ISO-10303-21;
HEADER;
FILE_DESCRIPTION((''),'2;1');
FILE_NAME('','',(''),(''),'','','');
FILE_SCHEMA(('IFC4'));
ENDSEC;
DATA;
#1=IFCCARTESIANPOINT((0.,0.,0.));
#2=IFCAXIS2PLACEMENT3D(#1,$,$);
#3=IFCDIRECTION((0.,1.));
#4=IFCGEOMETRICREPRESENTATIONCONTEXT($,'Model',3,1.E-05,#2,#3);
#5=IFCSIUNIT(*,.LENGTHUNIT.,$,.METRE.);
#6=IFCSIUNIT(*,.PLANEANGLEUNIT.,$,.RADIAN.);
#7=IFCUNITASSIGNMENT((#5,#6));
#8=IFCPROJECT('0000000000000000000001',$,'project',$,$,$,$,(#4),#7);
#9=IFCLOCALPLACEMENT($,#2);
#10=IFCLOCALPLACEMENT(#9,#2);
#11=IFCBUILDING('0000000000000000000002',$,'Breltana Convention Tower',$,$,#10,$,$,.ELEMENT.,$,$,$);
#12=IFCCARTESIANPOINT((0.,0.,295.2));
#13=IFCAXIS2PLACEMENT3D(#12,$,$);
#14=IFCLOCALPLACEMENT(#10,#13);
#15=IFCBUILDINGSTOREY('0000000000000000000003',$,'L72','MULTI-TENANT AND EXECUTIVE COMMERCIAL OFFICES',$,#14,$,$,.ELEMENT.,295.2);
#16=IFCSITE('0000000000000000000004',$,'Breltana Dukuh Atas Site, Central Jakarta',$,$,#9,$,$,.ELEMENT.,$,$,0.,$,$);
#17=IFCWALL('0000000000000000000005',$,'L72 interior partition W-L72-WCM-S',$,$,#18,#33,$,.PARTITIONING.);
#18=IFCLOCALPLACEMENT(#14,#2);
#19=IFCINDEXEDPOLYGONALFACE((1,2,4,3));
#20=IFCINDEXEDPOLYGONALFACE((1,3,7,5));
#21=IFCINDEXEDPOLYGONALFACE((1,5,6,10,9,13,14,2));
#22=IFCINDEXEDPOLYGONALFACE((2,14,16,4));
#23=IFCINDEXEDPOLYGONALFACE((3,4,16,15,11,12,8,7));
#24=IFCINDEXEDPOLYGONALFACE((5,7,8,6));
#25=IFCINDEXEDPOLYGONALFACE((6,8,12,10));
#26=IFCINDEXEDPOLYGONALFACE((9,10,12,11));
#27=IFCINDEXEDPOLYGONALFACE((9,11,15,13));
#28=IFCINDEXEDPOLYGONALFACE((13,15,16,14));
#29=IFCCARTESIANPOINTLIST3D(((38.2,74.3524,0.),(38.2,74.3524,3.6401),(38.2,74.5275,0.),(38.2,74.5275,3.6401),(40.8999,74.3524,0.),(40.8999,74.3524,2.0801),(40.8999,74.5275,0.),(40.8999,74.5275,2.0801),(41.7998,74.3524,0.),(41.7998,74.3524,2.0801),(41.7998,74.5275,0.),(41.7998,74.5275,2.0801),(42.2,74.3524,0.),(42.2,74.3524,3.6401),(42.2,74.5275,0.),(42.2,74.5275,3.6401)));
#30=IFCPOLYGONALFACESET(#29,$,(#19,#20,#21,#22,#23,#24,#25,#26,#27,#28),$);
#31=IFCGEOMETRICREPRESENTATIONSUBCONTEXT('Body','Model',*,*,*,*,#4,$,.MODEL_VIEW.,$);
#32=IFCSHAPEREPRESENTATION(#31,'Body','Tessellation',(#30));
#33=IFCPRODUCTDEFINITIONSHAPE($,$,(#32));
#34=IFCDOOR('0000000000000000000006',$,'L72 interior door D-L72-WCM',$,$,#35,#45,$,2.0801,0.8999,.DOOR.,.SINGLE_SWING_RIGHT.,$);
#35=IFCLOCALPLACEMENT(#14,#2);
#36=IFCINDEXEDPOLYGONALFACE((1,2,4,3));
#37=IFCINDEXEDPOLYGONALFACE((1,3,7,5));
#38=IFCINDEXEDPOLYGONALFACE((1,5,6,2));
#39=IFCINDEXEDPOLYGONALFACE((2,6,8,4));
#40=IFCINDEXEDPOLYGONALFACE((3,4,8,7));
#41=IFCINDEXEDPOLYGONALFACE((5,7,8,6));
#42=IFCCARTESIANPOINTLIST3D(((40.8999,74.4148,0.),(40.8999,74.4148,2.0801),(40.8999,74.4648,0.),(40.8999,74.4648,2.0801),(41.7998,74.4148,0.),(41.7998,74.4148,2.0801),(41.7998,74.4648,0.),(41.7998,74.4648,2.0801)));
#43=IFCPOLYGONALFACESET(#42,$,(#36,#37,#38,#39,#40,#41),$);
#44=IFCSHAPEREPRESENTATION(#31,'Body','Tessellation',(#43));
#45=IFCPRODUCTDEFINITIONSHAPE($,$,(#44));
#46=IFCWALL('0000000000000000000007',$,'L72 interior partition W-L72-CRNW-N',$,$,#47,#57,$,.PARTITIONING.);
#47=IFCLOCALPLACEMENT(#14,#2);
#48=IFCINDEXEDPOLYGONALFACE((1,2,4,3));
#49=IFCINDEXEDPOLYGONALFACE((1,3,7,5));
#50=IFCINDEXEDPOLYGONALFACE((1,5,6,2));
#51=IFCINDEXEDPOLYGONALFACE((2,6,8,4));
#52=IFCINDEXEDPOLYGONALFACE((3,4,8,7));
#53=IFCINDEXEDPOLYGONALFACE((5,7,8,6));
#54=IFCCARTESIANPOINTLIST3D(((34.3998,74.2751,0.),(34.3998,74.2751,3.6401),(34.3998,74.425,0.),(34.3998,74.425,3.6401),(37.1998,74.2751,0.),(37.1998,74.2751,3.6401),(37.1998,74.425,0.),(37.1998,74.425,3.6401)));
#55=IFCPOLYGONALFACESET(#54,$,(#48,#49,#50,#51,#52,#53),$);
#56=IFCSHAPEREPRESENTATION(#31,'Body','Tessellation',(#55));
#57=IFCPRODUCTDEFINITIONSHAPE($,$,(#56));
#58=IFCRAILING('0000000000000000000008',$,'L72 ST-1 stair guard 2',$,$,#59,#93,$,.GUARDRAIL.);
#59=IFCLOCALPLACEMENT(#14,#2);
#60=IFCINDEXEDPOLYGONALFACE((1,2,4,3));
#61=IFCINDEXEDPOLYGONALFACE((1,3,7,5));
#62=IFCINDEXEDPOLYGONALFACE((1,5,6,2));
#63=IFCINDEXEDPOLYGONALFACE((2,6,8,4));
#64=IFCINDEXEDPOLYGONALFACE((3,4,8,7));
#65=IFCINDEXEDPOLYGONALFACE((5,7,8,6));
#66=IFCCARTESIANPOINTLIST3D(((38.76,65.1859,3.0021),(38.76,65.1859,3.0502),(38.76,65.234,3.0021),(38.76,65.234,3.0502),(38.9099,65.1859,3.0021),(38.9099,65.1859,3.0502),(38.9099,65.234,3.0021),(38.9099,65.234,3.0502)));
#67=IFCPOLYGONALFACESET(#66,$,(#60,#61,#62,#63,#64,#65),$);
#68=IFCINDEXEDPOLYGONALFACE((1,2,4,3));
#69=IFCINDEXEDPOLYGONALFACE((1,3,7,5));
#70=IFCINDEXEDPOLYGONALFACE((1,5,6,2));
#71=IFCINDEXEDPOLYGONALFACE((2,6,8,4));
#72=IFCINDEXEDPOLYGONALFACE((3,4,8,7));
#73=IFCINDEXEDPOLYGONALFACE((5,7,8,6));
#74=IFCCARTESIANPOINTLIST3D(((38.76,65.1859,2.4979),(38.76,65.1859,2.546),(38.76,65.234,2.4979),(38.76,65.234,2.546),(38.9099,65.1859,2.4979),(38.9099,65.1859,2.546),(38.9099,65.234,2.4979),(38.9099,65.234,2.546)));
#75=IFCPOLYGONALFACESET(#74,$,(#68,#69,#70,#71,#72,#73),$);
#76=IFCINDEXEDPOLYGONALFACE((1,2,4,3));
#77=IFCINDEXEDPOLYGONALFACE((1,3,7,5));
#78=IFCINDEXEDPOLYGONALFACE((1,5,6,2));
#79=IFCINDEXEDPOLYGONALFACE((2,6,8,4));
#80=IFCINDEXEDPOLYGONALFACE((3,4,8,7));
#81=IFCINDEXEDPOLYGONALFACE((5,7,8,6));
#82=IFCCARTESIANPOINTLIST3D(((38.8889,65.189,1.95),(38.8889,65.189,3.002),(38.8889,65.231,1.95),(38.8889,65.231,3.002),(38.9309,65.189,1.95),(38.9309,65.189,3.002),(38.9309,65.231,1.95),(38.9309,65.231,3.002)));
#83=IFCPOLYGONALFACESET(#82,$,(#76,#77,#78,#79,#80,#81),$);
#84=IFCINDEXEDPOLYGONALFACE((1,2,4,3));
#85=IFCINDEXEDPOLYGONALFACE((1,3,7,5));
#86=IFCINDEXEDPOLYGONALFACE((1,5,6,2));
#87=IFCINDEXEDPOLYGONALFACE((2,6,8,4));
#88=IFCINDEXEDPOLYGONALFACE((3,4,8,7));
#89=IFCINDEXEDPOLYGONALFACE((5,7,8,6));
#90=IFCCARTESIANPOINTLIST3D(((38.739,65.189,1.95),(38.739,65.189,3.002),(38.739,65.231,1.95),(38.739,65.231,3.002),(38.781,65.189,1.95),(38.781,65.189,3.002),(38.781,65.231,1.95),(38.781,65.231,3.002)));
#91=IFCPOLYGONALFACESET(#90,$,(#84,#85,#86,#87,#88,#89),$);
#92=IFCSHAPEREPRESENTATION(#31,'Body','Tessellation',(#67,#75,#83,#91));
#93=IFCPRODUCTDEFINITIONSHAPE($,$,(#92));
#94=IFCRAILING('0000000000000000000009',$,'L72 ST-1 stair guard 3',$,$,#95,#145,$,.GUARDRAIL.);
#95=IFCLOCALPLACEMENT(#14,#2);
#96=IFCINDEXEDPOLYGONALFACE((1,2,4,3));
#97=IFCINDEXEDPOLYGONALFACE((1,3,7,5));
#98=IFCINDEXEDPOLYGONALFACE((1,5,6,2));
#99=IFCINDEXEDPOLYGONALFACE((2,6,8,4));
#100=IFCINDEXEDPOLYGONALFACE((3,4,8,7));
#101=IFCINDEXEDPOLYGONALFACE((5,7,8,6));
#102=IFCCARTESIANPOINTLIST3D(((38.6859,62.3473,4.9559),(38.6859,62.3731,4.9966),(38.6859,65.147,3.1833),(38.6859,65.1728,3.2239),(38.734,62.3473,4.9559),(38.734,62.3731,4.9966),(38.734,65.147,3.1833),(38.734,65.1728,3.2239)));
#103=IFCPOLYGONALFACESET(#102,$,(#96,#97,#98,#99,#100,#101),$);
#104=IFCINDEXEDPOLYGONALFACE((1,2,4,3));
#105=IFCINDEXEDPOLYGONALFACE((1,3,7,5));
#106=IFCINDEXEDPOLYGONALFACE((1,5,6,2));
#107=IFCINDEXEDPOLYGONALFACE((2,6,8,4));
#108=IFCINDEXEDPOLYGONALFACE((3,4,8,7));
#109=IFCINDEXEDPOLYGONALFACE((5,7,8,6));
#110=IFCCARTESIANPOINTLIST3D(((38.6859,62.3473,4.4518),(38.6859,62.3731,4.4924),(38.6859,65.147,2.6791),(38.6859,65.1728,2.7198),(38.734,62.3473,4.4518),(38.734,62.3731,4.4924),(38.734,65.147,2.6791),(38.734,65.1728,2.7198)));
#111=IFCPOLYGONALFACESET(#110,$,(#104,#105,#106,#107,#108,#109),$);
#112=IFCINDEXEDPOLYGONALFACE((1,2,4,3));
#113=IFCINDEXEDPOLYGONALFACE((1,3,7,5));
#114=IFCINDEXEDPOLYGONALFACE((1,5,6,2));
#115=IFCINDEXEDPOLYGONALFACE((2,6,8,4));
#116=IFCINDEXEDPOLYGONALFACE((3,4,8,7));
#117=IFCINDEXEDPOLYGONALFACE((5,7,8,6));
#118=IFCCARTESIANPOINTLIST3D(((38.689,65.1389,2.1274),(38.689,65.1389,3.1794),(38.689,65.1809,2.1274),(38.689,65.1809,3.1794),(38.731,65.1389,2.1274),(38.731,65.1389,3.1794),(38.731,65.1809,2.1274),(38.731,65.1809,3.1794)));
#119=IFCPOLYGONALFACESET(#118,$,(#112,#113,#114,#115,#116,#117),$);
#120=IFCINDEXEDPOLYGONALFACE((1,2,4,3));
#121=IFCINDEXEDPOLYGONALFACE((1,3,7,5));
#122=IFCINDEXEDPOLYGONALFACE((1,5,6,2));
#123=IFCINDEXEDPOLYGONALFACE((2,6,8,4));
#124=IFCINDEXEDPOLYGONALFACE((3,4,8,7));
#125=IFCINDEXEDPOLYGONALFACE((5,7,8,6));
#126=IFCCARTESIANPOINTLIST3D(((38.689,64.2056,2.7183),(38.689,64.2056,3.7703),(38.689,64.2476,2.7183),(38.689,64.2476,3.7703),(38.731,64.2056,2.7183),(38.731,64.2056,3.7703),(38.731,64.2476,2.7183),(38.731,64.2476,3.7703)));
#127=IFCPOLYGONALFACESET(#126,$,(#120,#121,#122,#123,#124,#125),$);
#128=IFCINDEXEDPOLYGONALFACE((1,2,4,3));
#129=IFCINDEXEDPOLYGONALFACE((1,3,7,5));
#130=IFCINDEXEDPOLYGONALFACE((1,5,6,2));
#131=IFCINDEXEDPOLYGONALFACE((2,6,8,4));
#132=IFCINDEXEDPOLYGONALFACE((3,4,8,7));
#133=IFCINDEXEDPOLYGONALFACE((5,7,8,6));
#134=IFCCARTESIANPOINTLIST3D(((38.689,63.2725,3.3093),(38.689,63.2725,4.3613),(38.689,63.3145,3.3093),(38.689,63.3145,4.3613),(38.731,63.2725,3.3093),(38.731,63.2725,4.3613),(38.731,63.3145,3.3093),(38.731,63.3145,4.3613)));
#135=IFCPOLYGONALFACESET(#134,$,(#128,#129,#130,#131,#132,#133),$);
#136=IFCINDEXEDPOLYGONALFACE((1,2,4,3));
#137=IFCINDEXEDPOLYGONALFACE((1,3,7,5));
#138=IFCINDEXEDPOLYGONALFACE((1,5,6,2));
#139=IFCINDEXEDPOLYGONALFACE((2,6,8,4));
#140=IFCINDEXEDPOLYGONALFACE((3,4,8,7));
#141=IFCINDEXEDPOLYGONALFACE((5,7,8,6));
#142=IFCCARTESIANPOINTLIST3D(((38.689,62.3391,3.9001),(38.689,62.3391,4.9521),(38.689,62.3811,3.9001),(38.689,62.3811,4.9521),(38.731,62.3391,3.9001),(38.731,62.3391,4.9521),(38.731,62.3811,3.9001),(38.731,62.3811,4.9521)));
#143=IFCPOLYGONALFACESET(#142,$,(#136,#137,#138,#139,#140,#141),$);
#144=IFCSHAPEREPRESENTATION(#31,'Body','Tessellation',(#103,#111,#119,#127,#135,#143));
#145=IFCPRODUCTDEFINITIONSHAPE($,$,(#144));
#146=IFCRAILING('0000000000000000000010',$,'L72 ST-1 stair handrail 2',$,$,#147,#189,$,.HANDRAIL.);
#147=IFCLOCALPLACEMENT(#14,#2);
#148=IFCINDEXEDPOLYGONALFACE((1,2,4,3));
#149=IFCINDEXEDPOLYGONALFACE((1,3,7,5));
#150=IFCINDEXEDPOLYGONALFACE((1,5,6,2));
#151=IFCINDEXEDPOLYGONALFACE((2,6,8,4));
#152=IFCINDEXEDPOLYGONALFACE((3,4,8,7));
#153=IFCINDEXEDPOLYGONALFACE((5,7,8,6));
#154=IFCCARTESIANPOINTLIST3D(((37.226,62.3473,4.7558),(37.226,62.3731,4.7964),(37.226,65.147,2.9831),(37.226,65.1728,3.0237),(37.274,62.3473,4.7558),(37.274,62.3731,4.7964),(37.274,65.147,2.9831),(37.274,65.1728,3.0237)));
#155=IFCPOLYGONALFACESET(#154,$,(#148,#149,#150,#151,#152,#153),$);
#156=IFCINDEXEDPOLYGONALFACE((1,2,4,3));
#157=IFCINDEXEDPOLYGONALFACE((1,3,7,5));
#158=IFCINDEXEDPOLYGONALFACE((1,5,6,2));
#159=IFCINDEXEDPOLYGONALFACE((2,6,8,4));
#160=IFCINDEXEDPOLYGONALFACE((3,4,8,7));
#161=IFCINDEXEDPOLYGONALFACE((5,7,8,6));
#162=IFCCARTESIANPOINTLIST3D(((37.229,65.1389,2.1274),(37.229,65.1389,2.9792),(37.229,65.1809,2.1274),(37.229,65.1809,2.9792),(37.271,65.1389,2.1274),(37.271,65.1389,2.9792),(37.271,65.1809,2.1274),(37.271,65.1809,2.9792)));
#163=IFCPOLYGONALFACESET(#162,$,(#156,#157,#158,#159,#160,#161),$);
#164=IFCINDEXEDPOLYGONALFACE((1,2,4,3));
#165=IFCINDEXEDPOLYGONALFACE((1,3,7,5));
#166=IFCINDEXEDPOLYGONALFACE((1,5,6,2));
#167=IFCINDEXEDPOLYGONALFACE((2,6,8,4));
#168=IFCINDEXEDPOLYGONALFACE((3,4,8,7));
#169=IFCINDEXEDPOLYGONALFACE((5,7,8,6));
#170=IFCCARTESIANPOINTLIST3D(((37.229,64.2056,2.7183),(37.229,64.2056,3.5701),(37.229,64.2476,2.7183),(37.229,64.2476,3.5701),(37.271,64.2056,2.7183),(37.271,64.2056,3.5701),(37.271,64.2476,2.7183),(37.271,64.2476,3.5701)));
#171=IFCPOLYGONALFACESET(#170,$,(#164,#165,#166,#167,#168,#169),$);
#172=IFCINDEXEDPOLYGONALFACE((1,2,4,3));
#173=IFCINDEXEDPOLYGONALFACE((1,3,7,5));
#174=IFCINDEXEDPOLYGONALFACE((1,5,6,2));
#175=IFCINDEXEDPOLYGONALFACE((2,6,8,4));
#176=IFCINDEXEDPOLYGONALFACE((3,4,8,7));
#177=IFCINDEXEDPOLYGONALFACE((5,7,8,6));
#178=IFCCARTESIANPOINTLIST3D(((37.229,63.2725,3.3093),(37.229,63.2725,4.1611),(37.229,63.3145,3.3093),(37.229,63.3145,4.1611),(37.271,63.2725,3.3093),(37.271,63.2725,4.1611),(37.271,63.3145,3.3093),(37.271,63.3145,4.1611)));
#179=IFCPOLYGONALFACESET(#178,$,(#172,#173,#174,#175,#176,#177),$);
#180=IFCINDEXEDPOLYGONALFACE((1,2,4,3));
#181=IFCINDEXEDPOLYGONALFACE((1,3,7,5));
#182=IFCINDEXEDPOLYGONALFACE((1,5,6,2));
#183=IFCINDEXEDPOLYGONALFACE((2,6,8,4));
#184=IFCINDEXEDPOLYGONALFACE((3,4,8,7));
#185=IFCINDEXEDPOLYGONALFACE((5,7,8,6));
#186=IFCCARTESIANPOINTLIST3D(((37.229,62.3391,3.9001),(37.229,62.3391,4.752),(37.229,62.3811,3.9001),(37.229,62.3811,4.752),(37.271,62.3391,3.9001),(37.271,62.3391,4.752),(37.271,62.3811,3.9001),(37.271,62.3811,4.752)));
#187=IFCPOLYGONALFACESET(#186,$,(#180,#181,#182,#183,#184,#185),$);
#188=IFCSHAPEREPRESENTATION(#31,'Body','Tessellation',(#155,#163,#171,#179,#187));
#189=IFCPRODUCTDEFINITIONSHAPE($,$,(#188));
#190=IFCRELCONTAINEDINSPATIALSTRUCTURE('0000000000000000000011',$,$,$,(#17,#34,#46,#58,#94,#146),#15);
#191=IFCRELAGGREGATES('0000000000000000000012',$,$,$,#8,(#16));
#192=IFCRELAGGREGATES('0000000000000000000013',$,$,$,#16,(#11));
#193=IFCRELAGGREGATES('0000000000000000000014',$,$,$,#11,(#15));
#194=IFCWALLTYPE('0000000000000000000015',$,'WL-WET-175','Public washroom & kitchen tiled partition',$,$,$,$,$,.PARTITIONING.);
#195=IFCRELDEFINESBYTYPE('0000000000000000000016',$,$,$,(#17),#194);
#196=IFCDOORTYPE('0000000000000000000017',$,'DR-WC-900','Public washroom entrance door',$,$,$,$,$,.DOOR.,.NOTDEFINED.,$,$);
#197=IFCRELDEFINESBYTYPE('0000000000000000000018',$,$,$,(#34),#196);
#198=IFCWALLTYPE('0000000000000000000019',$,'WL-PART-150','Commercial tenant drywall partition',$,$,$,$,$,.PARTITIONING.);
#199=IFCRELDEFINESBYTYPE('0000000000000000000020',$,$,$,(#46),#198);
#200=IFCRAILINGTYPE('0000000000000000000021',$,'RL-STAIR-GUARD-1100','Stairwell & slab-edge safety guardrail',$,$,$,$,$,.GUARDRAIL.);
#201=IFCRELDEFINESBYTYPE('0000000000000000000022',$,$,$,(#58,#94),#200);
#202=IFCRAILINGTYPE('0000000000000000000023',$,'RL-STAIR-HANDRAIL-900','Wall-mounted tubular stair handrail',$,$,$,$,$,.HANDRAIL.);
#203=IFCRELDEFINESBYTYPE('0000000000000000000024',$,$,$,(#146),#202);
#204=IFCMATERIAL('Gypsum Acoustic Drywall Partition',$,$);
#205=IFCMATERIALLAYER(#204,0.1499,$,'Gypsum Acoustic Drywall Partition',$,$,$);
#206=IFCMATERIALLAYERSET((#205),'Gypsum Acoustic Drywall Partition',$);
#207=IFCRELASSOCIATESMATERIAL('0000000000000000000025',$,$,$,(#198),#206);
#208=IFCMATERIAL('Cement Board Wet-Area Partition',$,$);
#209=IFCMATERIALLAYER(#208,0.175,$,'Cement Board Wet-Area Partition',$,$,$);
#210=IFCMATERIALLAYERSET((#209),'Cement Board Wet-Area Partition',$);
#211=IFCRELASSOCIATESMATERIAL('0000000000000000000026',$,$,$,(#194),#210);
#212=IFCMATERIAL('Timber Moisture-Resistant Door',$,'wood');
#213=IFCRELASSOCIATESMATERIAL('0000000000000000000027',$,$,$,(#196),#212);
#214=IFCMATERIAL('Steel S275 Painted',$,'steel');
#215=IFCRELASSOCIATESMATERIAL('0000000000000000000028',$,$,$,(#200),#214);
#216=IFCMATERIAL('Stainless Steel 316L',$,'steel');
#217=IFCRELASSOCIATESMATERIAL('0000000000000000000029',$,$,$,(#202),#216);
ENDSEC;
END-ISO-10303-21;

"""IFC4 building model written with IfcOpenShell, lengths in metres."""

from ifc_helpers import new_model, si_unit, direction, frame, frame_2d, origin, origin_2d, place, context, subcontext, project, spatial, rectangle, extrude, source, transform, mapped, material, layer, layer_set, type_object, type_shapes, element, fill, save


model = new_model("IFC4")

# Units and contexts
model_context = context("Model", 3, precision=1e-05, world=origin(), true_north=direction((0.0, 1.0)))
body_context = subcontext(model_context, "Body", "Model", "MODEL_VIEW")
ifc_project = project(units=[si_unit("LENGTHUNIT", "METRE"), si_unit("PLANEANGLEUNIT", "RADIAN")], contexts=[model_context])

# Site, building, storey
site_placement = place(None, origin())
site = spatial("IfcSite", under=ifc_project, at=site_placement, Name="Breltana Dukuh Atas Site, Central Jakarta", CompositionType="ELEMENT", RefElevation=0.0)
building_placement = place(site_placement, origin())
building = spatial("IfcBuilding", under=site, at=building_placement, Name="Breltana Convention Tower", CompositionType="ELEMENT")
storey_placement = place(building_placement, frame((0.0, 0.0, 295.2)))
storey = spatial("IfcBuildingStorey", under=building, at=storey_placement, Name="L72", Description="MULTI-TENANT AND EXECUTIVE COMMERCIAL OFFICES", CompositionType="ELEMENT", Elevation=295.2)

# Wall, opening, door
ifc_material_1 = material(Name="Gypsum Acoustic Drywall Partition")
ifc_layer_1 = layer(ifc_material_1, 0.1499, Name="Gypsum Acoustic Drywall Partition")
ifc_layer_set_1 = layer_set([ifc_layer_1], Name="Gypsum Acoustic Drywall Partition")
wall_type_1 = type_object("IfcWallType", Name="WL-PART-150", Description="Commercial tenant drywall partition", PredefinedType="PARTITIONING", material=ifc_layer_set_1)
ifc_material_2 = material(Name="Cement Board Wet-Area Partition")
ifc_layer_2 = layer(ifc_material_2, 0.175, Name="Cement Board Wet-Area Partition")
ifc_layer_set_2 = layer_set([ifc_layer_2], Name="Cement Board Wet-Area Partition")
wall_type_2 = type_object("IfcWallType", Name="WL-WET-175", Description="Public washroom & kitchen tiled partition", PredefinedType="PARTITIONING", material=ifc_layer_set_2)
shared_shape_1 = source(origin(), body_context, "Body", "SweptSolid", [
    extrude(rectangle(XDim=4.0, YDim=0.175, at=frame_2d((2.0, 0.0))), origin(), (0.0, 0.0, 1.0), 3.6401),
])
wall_1_placement = place(storey_placement, frame((38.2, 74.4399, 0.0), z_axis=(0.0, 0.0, 1.0), x_axis=(1.0, 0.0, 0.0)))
wall_1 = element("IfcWall", 1, at=wall_1_placement, inside=storey, type_object=wall_type_2, Name="L72 interior partition W-L72-WCM-S", PredefinedType="PARTITIONING", context=body_context, shape_type="MappedRepresentation", body=[
    mapped(shared_shape_1, transform((0.0, 0.0, 0.0), scale=1.0)),
])
opening_1_placement = place(wall_1_placement, frame((2.7, 0.0, 0.0)))
opening_1 = element("IfcOpeningElement", 2, at=opening_1_placement, cuts=wall_1, PredefinedType="OPENING", context=body_context, shape_type="SweptSolid", body=[
    extrude(rectangle(XDim=0.8999, YDim=2.0801, at=frame_2d((0.45, 1.04))), frame((0.0, 0.0977, 0.0), z_axis=(0.0, -1.0, 0.0), x_axis=(1.0, 0.0, 0.0)), (0.0, 0.0, 1.0), 0.1951),
])
ifc_material_3 = material(Name="Timber Moisture-Resistant Door", Category="wood")
door_type_1 = type_object("IfcDoorType", Name="DR-WC-900", Description="Public washroom entrance door", OperationType="NOTDEFINED", PredefinedType="DOOR", material=ifc_material_3)
shared_shape_2 = source(origin(), body_context, "Body", "SweptSolid", [
    extrude(rectangle(XDim=0.8999, YDim=2.0801, at=frame_2d((0.45, 1.04))), frame((0.0, 0.0249, 0.0), z_axis=(0.0, -1.0, 0.0), x_axis=(1.0, 0.0, 0.0)), (0.0, 0.0, 1.0), 0.05),
])
type_shapes(door_type_1, [shared_shape_2])
door_1_placement = place(opening_1_placement, origin())
door_1 = element("IfcDoor", 3, at=door_1_placement, inside=storey, type_object=door_type_1, Name="L72 interior door D-L72-WCM", OperationType="SINGLE_SWING_RIGHT", OverallHeight=2.0801, OverallWidth=0.8999, PredefinedType="DOOR", context=body_context, shape_type="MappedRepresentation", body=[
    mapped(shared_shape_2, transform((0.0, 0.0, 0.0), scale=1.0)),
])
fill(opening_1, door_1)

# Wall
shared_shape_3 = source(origin(), body_context, "Body", "SweptSolid", [
    extrude(rectangle(XDim=2.8, YDim=0.1499, at=frame_2d((1.3999, 0.0))), origin(), (0.0, 0.0, 1.0), 3.6401),
])
wall_2_placement = place(storey_placement, frame((34.3999, 74.3501, 0.0), z_axis=(0.0, 0.0, 1.0), x_axis=(1.0, 0.0, 0.0)))
element("IfcWall", 4, at=wall_2_placement, inside=storey, type_object=wall_type_1, Name="L72 interior partition W-L72-CRNW-N", PredefinedType="PARTITIONING", context=body_context, shape_type="MappedRepresentation", body=[
    mapped(shared_shape_3, transform((0.0, 0.0, 0.0), scale=1.0)),
])

# Railings
ifc_material_4 = material(Name="Steel S275 Painted", Category="steel")
railing_type_1 = type_object("IfcRailingType", Name="RL-STAIR-GUARD-1100", Description="Stairwell & slab-edge safety guardrail", PredefinedType="GUARDRAIL", material=ifc_material_4)
railing_1_placement = place(storey_placement, frame((38.9099, 65.21, 1.95)))
element("IfcRailing", 5, at=railing_1_placement, inside=storey, type_object=railing_type_1, Name="L72 ST-1 stair guard 2", PredefinedType="GUARDRAIL", context=body_context, shape_type="SweptSolid", body=[
    extrude(rectangle(XDim=0.0481, YDim=0.0481, at=origin_2d()), frame((0.0, 0.0, 1.0762), z_axis=(-1.0, 0.0, 0.0), x_axis=(0.0, -1.0, 0.0)), (0.0, 0.0, 1.0), 0.1499),
    extrude(rectangle(XDim=0.0481, YDim=0.0481, at=origin_2d()), frame((0.0, 0.0, 0.572), z_axis=(-1.0, 0.0, 0.0), x_axis=(0.0, -1.0, 0.0)), (0.0, 0.0, 1.0), 0.1499),
    extrude(rectangle(XDim=0.042, YDim=0.042, at=origin_2d()), origin(), (0.0, 0.0, 1.0), 1.052),
    extrude(rectangle(XDim=0.042, YDim=0.042, at=origin_2d()), frame((-0.1499, 0.0, 0.0)), (0.0, 0.0, 1.0), 1.052),
])
railing_2_placement = place(storey_placement, frame((38.71, 65.1599, 2.1274)))
element("IfcRailing", 6, at=railing_2_placement, inside=storey, type_object=railing_type_1, Name="L72 ST-1 stair guard 3", PredefinedType="GUARDRAIL", context=body_context, shape_type="SweptSolid", body=[
    extrude(rectangle(XDim=0.0481, YDim=0.0481, at=origin_2d()), frame((0.0, 0.0, 1.0762), z_axis=(0.0, -0.844888, 0.534943), x_axis=(1.0, 0.0, 0.0)), (0.0, 0.0, 1.0), 3.3137),
    extrude(rectangle(XDim=0.0481, YDim=0.0481, at=origin_2d()), frame((0.0, 0.0, 0.572), z_axis=(0.0, -0.844888, 0.534943), x_axis=(1.0, 0.0, 0.0)), (0.0, 0.0, 1.0), 3.3137),
    extrude(rectangle(XDim=0.042, YDim=0.042, at=origin_2d()), origin(), (0.0, 0.0, 1.0), 1.052),
    extrude(rectangle(XDim=0.042, YDim=0.042, at=origin_2d()), frame((0.0, -0.9333, 0.5908)), (0.0, 0.0, 1.0), 1.052),
    extrude(rectangle(XDim=0.042, YDim=0.042, at=origin_2d()), frame((0.0, -1.8665, 1.1819)), (0.0, 0.0, 1.0), 1.052),
    extrude(rectangle(XDim=0.042, YDim=0.042, at=origin_2d()), frame((0.0, -2.7998, 1.7727)), (0.0, 0.0, 1.0), 1.052),
])
ifc_material_5 = material(Name="Stainless Steel 316L", Category="steel")
railing_type_2 = type_object("IfcRailingType", Name="RL-STAIR-HANDRAIL-900", Description="Wall-mounted tubular stair handrail", PredefinedType="HANDRAIL", material=ifc_material_5)
railing_3_placement = place(storey_placement, frame((37.25, 65.1599, 2.1274)))
element("IfcRailing", 7, at=railing_3_placement, inside=storey, type_object=railing_type_2, Name="L72 ST-1 stair handrail 2", PredefinedType="HANDRAIL", context=body_context, shape_type="SweptSolid", body=[
    extrude(rectangle(XDim=0.0481, YDim=0.0481, at=origin_2d()), frame((0.0, 0.0, 0.876), z_axis=(0.0, -0.844888, 0.534943), x_axis=(1.0, 0.0, 0.0)), (0.0, 0.0, 1.0), 3.3137),
    extrude(rectangle(XDim=0.042, YDim=0.042, at=origin_2d()), origin(), (0.0, 0.0, 1.0), 0.8518),
    extrude(rectangle(XDim=0.042, YDim=0.042, at=origin_2d()), frame((0.0, -0.9333, 0.5908)), (0.0, 0.0, 1.0), 0.8518),
    extrude(rectangle(XDim=0.042, YDim=0.042, at=origin_2d()), frame((0.0, -1.8665, 1.1819)), (0.0, 0.0, 1.0), 0.8518),
    extrude(rectangle(XDim=0.042, YDim=0.042, at=origin_2d()), frame((0.0, -2.7998, 1.7727)), (0.0, 0.0, 1.0), 0.8518),
])

save(model, "model.ifc")
